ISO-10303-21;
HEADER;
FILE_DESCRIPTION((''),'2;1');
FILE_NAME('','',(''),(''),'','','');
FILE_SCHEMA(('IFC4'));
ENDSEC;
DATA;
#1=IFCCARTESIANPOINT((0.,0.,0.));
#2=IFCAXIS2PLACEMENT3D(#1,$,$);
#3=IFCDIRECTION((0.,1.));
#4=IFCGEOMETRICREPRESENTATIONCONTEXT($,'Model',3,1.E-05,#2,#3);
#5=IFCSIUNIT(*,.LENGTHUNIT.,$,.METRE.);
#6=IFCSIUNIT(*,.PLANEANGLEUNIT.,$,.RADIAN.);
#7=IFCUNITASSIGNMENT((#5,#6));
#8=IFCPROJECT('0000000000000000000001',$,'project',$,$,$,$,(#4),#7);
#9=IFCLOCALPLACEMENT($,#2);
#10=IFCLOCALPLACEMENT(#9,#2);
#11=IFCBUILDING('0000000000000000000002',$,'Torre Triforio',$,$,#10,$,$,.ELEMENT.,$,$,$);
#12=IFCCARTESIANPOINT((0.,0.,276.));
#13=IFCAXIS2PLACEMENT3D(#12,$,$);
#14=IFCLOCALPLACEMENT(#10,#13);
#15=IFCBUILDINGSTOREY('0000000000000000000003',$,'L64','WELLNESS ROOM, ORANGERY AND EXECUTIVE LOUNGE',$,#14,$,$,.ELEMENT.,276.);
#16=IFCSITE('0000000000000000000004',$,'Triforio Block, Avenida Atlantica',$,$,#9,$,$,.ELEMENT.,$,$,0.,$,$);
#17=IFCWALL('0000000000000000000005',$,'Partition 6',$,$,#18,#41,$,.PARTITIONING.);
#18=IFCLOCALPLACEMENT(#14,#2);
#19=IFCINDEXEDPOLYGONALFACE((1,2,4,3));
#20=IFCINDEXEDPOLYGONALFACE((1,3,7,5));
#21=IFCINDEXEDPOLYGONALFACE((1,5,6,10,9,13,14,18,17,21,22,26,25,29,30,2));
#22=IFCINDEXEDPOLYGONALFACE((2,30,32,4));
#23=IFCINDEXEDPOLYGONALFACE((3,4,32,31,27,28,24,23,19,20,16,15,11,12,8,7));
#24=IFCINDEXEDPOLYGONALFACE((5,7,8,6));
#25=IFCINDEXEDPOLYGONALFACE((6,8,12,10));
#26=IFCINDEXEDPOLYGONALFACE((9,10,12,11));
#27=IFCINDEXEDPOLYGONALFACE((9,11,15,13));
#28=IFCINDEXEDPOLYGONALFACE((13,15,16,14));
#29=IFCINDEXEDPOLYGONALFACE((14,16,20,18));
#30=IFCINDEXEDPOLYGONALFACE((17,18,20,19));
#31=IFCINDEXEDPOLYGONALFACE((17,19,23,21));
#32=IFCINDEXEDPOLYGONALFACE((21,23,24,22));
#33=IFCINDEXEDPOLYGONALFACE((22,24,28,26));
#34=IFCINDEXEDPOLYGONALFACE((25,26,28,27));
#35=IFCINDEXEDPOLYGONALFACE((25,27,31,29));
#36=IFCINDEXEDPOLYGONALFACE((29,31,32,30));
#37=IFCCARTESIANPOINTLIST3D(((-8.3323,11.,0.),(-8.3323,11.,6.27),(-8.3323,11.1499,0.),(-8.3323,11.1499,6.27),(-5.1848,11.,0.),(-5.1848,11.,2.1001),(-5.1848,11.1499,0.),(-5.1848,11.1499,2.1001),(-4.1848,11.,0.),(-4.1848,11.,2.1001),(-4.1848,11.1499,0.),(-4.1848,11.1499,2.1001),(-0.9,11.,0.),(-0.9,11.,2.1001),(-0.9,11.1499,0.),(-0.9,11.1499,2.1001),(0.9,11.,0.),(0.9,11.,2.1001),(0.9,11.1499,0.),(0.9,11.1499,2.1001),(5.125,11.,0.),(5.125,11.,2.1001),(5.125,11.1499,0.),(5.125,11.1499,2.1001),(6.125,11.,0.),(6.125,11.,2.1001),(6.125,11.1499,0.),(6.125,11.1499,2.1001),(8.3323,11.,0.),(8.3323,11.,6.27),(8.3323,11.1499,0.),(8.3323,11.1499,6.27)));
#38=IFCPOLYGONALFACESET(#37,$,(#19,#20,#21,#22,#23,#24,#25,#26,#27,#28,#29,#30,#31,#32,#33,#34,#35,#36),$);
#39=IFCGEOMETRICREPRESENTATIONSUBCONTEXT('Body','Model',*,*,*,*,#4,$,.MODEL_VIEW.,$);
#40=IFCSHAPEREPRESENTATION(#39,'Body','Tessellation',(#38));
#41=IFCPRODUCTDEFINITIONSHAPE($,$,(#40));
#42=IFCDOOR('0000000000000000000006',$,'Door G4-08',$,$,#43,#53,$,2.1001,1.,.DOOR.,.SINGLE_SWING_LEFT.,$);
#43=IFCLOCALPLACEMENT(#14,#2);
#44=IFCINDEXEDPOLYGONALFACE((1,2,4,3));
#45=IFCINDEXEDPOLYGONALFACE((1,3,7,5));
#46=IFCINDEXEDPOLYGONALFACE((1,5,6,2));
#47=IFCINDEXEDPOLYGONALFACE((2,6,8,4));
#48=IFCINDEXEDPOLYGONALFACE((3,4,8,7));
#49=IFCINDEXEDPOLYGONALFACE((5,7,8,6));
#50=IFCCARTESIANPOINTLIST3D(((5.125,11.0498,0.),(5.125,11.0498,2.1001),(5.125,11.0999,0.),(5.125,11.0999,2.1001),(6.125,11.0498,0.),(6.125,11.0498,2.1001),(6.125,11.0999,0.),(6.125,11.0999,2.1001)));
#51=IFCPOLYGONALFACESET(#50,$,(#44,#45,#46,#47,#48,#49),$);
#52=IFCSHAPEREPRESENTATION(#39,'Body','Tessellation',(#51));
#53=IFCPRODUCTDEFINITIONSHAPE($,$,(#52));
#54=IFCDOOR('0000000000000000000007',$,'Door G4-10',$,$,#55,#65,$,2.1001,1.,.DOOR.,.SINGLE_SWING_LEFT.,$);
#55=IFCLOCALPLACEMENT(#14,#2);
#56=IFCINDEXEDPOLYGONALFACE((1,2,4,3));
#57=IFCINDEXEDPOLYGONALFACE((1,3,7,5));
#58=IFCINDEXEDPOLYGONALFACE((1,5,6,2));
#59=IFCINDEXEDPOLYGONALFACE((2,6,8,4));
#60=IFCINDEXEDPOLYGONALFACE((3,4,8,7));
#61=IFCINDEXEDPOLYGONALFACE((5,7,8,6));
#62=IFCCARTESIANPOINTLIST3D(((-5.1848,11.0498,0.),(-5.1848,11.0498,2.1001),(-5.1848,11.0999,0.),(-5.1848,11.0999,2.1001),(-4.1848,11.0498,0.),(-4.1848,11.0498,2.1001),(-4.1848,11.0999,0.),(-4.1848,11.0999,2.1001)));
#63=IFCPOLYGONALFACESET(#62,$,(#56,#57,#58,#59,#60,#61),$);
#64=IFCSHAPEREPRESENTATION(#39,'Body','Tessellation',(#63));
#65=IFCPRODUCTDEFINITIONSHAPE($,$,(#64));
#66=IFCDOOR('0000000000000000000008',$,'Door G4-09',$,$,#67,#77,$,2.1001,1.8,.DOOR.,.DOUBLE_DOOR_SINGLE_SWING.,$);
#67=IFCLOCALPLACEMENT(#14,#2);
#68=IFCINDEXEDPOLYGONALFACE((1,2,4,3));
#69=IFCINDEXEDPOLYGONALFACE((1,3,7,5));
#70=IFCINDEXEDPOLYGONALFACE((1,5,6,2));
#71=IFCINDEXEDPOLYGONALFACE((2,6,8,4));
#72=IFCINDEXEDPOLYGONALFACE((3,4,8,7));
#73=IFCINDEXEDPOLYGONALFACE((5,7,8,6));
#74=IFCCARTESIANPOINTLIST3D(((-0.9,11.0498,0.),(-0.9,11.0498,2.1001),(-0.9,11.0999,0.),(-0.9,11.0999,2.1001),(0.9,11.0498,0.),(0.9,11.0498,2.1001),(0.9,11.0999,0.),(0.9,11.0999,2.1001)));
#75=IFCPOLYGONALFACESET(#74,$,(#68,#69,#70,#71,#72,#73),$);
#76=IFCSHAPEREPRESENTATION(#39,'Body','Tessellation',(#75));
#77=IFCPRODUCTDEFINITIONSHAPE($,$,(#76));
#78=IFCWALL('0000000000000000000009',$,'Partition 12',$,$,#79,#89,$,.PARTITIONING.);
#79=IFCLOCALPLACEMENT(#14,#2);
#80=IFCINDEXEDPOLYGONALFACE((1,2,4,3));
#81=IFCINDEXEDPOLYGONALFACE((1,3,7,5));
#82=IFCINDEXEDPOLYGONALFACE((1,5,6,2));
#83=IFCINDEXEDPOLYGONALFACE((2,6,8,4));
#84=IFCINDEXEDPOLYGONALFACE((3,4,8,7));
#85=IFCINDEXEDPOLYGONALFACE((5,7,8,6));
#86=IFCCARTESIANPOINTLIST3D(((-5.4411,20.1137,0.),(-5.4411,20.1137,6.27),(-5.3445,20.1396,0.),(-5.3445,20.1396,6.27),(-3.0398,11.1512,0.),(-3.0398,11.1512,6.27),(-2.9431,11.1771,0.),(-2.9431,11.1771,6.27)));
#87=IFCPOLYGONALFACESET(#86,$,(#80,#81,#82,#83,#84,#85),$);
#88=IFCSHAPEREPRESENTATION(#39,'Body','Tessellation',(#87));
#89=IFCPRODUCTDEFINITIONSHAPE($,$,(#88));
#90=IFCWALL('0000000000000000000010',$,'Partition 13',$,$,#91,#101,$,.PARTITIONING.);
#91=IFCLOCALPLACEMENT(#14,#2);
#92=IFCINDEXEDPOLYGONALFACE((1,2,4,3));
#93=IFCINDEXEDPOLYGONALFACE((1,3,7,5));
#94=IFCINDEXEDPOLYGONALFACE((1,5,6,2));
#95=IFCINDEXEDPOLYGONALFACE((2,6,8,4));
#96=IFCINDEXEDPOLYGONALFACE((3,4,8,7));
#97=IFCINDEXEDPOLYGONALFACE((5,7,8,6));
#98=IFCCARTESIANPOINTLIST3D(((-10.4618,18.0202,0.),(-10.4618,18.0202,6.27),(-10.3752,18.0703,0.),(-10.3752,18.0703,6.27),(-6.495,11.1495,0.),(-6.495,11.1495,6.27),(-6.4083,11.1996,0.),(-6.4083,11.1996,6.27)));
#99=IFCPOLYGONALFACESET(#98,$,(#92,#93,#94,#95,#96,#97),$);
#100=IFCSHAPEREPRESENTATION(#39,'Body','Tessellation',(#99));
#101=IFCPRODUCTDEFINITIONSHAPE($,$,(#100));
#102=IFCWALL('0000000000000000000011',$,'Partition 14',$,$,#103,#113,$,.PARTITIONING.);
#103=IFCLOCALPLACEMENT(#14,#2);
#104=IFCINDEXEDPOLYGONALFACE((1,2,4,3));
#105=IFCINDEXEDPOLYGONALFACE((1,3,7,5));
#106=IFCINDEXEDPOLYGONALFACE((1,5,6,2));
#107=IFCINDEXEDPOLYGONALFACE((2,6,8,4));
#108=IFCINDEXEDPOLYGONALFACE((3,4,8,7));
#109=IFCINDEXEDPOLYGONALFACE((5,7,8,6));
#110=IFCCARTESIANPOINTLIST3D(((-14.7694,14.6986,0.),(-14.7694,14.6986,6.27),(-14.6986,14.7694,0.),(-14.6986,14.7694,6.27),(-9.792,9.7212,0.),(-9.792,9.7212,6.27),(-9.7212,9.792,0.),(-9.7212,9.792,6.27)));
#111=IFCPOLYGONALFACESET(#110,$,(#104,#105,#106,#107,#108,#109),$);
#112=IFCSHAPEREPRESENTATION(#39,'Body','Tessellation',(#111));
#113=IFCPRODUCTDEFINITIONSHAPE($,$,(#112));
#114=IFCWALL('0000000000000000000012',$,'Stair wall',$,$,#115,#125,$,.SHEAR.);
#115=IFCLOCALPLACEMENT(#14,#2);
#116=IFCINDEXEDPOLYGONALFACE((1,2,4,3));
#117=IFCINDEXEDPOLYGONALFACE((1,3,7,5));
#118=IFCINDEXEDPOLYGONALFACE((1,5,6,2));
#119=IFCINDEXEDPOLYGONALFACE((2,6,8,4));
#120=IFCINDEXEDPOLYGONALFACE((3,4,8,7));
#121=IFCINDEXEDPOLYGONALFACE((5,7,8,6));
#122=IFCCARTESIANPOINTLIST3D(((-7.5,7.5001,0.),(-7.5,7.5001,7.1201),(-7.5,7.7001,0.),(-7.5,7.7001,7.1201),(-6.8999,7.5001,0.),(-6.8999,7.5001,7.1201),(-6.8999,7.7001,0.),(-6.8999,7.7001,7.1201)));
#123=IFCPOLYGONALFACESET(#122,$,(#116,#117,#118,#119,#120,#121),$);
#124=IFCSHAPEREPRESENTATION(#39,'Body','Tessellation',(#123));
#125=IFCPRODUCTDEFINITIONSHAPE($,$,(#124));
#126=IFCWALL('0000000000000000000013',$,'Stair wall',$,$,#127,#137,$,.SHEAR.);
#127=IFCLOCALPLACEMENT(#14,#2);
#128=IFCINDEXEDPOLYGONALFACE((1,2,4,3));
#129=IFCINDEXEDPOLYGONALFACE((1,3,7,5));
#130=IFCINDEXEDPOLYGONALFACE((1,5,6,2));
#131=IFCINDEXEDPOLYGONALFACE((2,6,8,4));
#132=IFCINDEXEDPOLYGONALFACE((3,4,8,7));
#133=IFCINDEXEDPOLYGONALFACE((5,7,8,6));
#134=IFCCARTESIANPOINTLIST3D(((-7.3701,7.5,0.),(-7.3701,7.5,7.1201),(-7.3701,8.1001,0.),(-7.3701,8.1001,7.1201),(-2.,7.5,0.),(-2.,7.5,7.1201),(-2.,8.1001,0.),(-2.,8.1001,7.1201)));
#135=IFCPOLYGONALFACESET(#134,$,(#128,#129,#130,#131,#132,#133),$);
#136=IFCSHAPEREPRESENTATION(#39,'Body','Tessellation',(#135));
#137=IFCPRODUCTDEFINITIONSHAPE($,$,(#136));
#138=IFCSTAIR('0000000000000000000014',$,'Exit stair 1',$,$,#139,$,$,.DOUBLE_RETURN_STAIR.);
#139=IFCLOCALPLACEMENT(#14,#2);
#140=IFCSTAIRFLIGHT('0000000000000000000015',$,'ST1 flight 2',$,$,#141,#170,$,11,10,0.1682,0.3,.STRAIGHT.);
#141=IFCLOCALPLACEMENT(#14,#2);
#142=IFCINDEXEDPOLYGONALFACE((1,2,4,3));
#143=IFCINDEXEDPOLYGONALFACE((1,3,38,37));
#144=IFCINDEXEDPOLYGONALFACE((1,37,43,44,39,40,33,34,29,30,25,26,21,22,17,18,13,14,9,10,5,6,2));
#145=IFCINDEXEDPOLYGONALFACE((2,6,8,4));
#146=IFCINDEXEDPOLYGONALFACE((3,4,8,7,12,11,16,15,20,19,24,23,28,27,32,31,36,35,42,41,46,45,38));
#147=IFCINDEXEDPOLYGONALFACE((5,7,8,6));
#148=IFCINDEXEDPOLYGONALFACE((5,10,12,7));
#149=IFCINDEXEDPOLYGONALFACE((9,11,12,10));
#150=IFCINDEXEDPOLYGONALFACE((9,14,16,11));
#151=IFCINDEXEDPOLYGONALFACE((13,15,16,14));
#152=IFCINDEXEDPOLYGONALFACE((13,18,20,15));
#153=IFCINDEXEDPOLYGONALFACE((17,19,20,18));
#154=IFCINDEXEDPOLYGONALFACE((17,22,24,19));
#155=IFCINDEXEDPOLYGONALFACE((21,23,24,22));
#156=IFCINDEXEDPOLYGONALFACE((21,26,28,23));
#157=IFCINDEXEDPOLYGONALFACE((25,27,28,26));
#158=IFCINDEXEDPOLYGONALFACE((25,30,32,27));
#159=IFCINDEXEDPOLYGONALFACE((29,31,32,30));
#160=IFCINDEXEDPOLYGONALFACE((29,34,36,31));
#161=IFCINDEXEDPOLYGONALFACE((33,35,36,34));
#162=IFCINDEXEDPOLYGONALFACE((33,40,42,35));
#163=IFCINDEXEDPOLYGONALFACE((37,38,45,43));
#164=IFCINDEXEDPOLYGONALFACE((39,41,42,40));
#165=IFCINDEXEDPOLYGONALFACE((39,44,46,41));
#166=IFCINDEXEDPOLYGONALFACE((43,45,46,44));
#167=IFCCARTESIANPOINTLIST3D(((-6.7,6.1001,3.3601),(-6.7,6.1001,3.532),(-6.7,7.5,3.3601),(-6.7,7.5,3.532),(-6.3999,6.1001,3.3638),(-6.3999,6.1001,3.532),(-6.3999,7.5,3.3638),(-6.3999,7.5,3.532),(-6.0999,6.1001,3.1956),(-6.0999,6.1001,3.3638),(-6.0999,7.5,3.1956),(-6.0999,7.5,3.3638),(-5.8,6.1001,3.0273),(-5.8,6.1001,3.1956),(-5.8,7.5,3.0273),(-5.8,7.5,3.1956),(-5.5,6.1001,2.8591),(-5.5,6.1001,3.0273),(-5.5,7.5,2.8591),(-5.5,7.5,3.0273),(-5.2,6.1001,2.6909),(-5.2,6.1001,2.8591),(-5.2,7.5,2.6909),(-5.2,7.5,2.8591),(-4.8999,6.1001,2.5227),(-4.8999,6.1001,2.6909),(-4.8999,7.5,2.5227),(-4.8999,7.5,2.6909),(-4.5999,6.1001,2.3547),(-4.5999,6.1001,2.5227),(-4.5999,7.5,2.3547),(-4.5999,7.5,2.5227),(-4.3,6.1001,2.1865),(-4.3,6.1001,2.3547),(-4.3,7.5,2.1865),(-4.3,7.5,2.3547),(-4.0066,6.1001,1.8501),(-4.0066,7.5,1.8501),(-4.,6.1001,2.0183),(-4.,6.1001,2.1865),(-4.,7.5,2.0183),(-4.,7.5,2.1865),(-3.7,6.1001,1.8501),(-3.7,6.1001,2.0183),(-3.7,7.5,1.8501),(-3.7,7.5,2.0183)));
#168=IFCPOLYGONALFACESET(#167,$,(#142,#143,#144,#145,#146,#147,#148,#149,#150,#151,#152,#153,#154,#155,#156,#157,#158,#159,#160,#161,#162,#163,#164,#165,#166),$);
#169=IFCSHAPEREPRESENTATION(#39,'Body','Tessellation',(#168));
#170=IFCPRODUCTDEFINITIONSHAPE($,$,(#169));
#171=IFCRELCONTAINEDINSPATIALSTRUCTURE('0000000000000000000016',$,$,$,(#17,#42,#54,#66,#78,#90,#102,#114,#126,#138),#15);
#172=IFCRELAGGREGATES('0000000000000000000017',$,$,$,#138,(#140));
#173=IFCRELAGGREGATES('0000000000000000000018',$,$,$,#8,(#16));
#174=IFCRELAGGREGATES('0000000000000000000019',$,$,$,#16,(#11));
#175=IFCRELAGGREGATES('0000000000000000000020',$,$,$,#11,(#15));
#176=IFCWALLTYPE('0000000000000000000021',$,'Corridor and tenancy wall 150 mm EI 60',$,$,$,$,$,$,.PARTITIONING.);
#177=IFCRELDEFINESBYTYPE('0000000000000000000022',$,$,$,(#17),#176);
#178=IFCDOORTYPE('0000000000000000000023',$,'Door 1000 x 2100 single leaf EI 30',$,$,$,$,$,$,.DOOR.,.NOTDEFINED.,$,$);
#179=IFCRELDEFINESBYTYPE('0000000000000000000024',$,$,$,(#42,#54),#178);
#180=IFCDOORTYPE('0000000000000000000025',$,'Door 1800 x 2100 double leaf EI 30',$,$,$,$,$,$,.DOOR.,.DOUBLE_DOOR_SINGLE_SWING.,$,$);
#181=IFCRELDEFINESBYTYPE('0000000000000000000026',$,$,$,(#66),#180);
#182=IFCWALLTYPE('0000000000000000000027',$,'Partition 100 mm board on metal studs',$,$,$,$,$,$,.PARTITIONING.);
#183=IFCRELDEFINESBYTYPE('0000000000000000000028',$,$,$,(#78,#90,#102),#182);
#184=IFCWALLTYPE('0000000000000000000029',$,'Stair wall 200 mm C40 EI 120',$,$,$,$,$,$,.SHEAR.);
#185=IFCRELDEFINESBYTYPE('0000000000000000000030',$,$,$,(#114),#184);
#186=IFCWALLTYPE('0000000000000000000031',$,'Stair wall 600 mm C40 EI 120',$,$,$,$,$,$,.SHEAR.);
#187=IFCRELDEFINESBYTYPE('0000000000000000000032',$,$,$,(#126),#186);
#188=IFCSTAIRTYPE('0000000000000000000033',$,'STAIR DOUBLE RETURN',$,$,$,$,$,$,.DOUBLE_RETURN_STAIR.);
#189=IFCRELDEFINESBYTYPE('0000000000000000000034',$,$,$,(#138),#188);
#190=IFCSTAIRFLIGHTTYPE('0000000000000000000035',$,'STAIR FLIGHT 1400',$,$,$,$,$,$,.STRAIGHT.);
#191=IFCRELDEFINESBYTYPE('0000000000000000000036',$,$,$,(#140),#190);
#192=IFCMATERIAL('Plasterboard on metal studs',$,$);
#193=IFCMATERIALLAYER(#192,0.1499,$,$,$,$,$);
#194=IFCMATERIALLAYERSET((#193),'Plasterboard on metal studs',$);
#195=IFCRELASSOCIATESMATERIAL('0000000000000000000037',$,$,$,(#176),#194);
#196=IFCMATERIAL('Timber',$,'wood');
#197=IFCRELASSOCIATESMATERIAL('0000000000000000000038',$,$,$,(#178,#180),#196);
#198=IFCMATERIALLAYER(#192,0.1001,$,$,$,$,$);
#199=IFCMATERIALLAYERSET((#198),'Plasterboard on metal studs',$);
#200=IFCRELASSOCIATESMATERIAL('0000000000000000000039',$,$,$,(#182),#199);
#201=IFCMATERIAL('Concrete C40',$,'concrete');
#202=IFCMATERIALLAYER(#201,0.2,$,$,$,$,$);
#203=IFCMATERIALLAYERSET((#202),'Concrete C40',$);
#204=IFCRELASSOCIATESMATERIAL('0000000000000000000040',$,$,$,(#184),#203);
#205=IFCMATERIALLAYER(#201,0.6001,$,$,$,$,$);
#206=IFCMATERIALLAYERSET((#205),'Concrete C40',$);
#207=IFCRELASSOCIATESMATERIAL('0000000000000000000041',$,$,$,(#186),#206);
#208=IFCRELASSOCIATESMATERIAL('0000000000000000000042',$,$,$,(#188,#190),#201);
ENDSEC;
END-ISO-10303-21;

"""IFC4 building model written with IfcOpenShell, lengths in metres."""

from ifc_helpers import new_model, si_unit, direction, frame, frame_2d, origin, place, context, subcontext, project, spatial, polyline, rectangle, outline, extrude, material, layer, layer_set, type_object, element, fill, aggregate, save


model = new_model("IFC4")

# Units and contexts
model_context = context("Model", 3, precision=1e-05, world=origin(), true_north=direction((0.0, 1.0)))
body_context = subcontext(model_context, "Body", "Model", "MODEL_VIEW")
ifc_project = project(units=[si_unit("LENGTHUNIT", "METRE"), si_unit("PLANEANGLEUNIT", "RADIAN")], contexts=[model_context])

# Site, building, storey
site_placement = place(None, origin())
site = spatial("IfcSite", under=ifc_project, at=site_placement, Name="Triforio Block, Avenida Atlantica", CompositionType="ELEMENT", RefElevation=0.0)
building_placement = place(site_placement, origin())
building = spatial("IfcBuilding", under=site, at=building_placement, Name="Torre Triforio", CompositionType="ELEMENT")
storey_placement = place(building_placement, frame((0.0, 0.0, 276.0)))
storey = spatial("IfcBuildingStorey", under=building, at=storey_placement, Name="L64", Description="WELLNESS ROOM, ORANGERY AND EXECUTIVE LOUNGE", CompositionType="ELEMENT", Elevation=276.0)

# Shared definitions
ifc_material_1 = material(Name="Concrete C40", Category="concrete")

# Wall, openings, doors
ifc_material_2 = material(Name="Plasterboard on metal studs")
ifc_layer_1 = layer(ifc_material_2, 0.1499)
ifc_layer_set_1 = layer_set([ifc_layer_1], Name="Plasterboard on metal studs")
wall_type_1 = type_object("IfcWallType", Name="Corridor and tenancy wall 150 mm EI 60", PredefinedType="PARTITIONING", material=ifc_layer_set_1)
wall_1_placement = place(storey_placement, frame((-8.3323, 11.075, 0.0), z_axis=(0.0, 0.0, 1.0), x_axis=(1.0, 0.0, 0.0)))
wall_1 = element("IfcWall", 1, at=wall_1_placement, inside=storey, type_object=wall_type_1, Name="Partition 6", PredefinedType="PARTITIONING", context=body_context, shape_type="SweptSolid", body=[
    extrude(rectangle(XDim=16.6646, YDim=0.1499, at=frame_2d((8.3323, 0.0))), origin(), (0.0, 0.0, 1.0), 6.27),
])
opening_1_placement = place(wall_1_placement, frame((13.4573, 0.0, 0.0)))
opening_1 = element("IfcOpeningElement", 2, at=opening_1_placement, cuts=wall_1, PredefinedType="OPENING", context=body_context, shape_type="SweptSolid", body=[
    extrude(rectangle(XDim=1.0, YDim=2.1001, at=frame_2d((0.5, 1.05))), frame((0.0, 0.085, 0.0), z_axis=(0.0, -1.0, 0.0), x_axis=(1.0, 0.0, 0.0)), (0.0, 0.0, 1.0), 0.1699),
])
opening_2_placement = place(wall_1_placement, frame((7.4324, 0.0, 0.0)))
opening_2 = element("IfcOpeningElement", 3, at=opening_2_placement, cuts=wall_1, PredefinedType="OPENING", context=body_context, shape_type="SweptSolid", body=[
    extrude(rectangle(XDim=1.8, YDim=2.1001, at=frame_2d((0.8999, 1.05))), frame((0.0, 0.085, 0.0), z_axis=(0.0, -1.0, 0.0), x_axis=(1.0, 0.0, 0.0)), (0.0, 0.0, 1.0), 0.1699),
])
opening_3_placement = place(wall_1_placement, frame((3.1475, 0.0, 0.0)))
opening_3 = element("IfcOpeningElement", 4, at=opening_3_placement, cuts=wall_1, PredefinedType="OPENING", context=body_context, shape_type="SweptSolid", body=[
    extrude(rectangle(XDim=1.0, YDim=2.1001, at=frame_2d((0.5, 1.05))), frame((0.0, 0.085, 0.0), z_axis=(0.0, -1.0, 0.0), x_axis=(1.0, 0.0, 0.0)), (0.0, 0.0, 1.0), 0.1699),
])
ifc_material_3 = material(Name="Timber", Category="wood")
door_type_1 = type_object("IfcDoorType", Name="Door 1000 x 2100 single leaf EI 30", OperationType="NOTDEFINED", PredefinedType="DOOR", material=ifc_material_3)
door_1_placement = place(opening_1_placement, origin())
door_1 = element("IfcDoor", 5, at=door_1_placement, inside=storey, type_object=door_type_1, Name="Door G4-08", OperationType="SINGLE_SWING_LEFT", OverallHeight=2.1001, OverallWidth=1.0, PredefinedType="DOOR", context=body_context, shape_type="SweptSolid", body=[
    extrude(rectangle(XDim=1.0, YDim=2.1001, at=frame_2d((0.5, 1.05))), frame((0.0, 0.0249, 0.0), z_axis=(0.0, -1.0, 0.0), x_axis=(1.0, 0.0, 0.0)), (0.0, 0.0, 1.0), 0.05),
])
fill(opening_1, door_1)
door_2_placement = place(opening_3_placement, origin())
door_2 = element("IfcDoor", 6, at=door_2_placement, inside=storey, type_object=door_type_1, Name="Door G4-10", OperationType="SINGLE_SWING_LEFT", OverallHeight=2.1001, OverallWidth=1.0, PredefinedType="DOOR", context=body_context, shape_type="SweptSolid", body=[
    extrude(rectangle(XDim=1.0, YDim=2.1001, at=frame_2d((0.5, 1.05))), frame((0.0, 0.0249, 0.0), z_axis=(0.0, -1.0, 0.0), x_axis=(1.0, 0.0, 0.0)), (0.0, 0.0, 1.0), 0.05),
])
fill(opening_3, door_2)
door_type_2 = type_object("IfcDoorType", Name="Door 1800 x 2100 double leaf EI 30", OperationType="DOUBLE_DOOR_SINGLE_SWING", PredefinedType="DOOR", material=ifc_material_3)
door_3_placement = place(opening_2_placement, origin())
door_3 = element("IfcDoor", 7, at=door_3_placement, inside=storey, type_object=door_type_2, Name="Door G4-09", OperationType="DOUBLE_DOOR_SINGLE_SWING", OverallHeight=2.1001, OverallWidth=1.8, PredefinedType="DOOR", context=body_context, shape_type="SweptSolid", body=[
    extrude(rectangle(XDim=1.8, YDim=2.1001, at=frame_2d((0.8999, 1.05))), frame((0.0, 0.0249, 0.0), z_axis=(0.0, -1.0, 0.0), x_axis=(1.0, 0.0, 0.0)), (0.0, 0.0, 1.0), 0.05),
])
fill(opening_2, door_3)

# Walls
ifc_layer_2 = layer(ifc_material_2, 0.1001)
ifc_layer_set_2 = layer_set([ifc_layer_2], Name="Plasterboard on metal studs")
wall_type_2 = type_object("IfcWallType", Name="Partition 100 mm board on metal studs", PredefinedType="PARTITIONING", material=ifc_layer_set_2)
wall_2_placement = place(storey_placement, frame((-2.9915, 11.1643, 0.0), z_axis=(0.0, 0.0, 1.0), x_axis=(-0.258809, 0.965929, 0.0)))
element("IfcWall", 8, at=wall_2_placement, inside=storey, type_object=wall_type_2, Name="Partition 12", PredefinedType="PARTITIONING", context=body_context, shape_type="SweptSolid", body=[
    extrude(rectangle(XDim=9.2786, YDim=0.1001, at=frame_2d((4.6392, 0.0))), origin(), (0.0, 0.0, 1.0), 6.27),
])
wall_3_placement = place(storey_placement, frame((-6.4517, 11.1746, 0.0), z_axis=(0.0, 0.0, 1.0), x_axis=(-0.500005, 0.866023, 0.0)))
element("IfcWall", 9, at=wall_3_placement, inside=storey, type_object=wall_type_2, Name="Partition 13", PredefinedType="PARTITIONING", context=body_context, shape_type="SweptSolid", body=[
    extrude(rectangle(XDim=7.9336, YDim=0.1001, at=frame_2d((3.9668, 0.0))), origin(), (0.0, 0.0, 1.0), 6.27),
])
wall_4_placement = place(storey_placement, frame((-9.7566, 9.7566, 0.0), z_axis=(0.0, 0.0, 1.0), x_axis=(-0.707107, 0.707107, 0.0)))
element("IfcWall", 10, at=wall_4_placement, inside=storey, type_object=wall_type_2, Name="Partition 14", PredefinedType="PARTITIONING", context=body_context, shape_type="SweptSolid", body=[
    extrude(rectangle(XDim=7.0391, YDim=0.1001, at=frame_2d((3.5195, 0.0))), origin(), (0.0, 0.0, 1.0), 6.27),
])
ifc_layer_3 = layer(ifc_material_1, 0.2)
ifc_layer_set_3 = layer_set([ifc_layer_3], Name="Concrete C40")
wall_type_3 = type_object("IfcWallType", Name="Stair wall 200 mm C40 EI 120", PredefinedType="SHEAR", material=ifc_layer_set_3)
wall_5_placement = place(storey_placement, frame((-7.5, 7.6001, 0.0), z_axis=(0.0, 0.0, 1.0), x_axis=(1.0, 0.0, 0.0)))
element("IfcWall", 11, at=wall_5_placement, inside=storey, type_object=wall_type_3, Name="Stair wall", PredefinedType="SHEAR", context=body_context, shape_type="SweptSolid", body=[
    extrude(rectangle(XDim=0.6001, YDim=0.2, at=frame_2d((0.3, 0.0))), origin(), (0.0, 0.0, 1.0), 7.1201),
])
ifc_layer_4 = layer(ifc_material_1, 0.6001)
ifc_layer_set_4 = layer_set([ifc_layer_4], Name="Concrete C40")
wall_type_4 = type_object("IfcWallType", Name="Stair wall 600 mm C40 EI 120", PredefinedType="SHEAR", material=ifc_layer_set_4)
wall_6_placement = place(storey_placement, frame((-7.3701, 7.8, 0.0), z_axis=(0.0, 0.0, 1.0), x_axis=(1.0, 0.0, 0.0)))
element("IfcWall", 12, at=wall_6_placement, inside=storey, type_object=wall_type_4, Name="Stair wall", PredefinedType="SHEAR", context=body_context, shape_type="SweptSolid", body=[
    extrude(rectangle(XDim=5.3701, YDim=0.6001, at=frame_2d((2.6851, 0.0))), origin(), (0.0, 0.0, 1.0), 7.1201),
])

# Stair, stair flight
stair_type = type_object("IfcStairType", Name="STAIR DOUBLE RETURN", PredefinedType="DOUBLE_RETURN_STAIR", material=ifc_material_1)
stair_placement = place(storey_placement, origin())
stair = element("IfcStair", 13, at=stair_placement, inside=storey, type_object=stair_type, Name="Exit stair 1", PredefinedType="DOUBLE_RETURN_STAIR")
stair_flight_type = type_object("IfcStairFlightType", Name="STAIR FLIGHT 1400", PredefinedType="STRAIGHT", material=ifc_material_1)
stair_flight_1_placement = place(storey_placement, frame((-3.7, 6.8, 1.8501), z_axis=(0.0, 0.0, 1.0), x_axis=(-1.0, 0.0, 0.0)))
stair_flight_1 = element("IfcStairFlight", 14, at=stair_flight_1_placement, type_object=stair_flight_type, Name="ST1 flight 2", NumberOfRisers=11, NumberOfTreads=10, PredefinedType="STRAIGHT", RiserHeight=0.1682, TreadLength=0.3, context=body_context, shape_type="SweptSolid", body=[
    extrude(outline(polyline([(0.0, 0.0), (0.0, 0.1682), (0.3, 0.1682), (0.3, 0.3364), (0.6001, 0.3364), (0.6001, 0.5046), (0.8999, 0.5046), (0.8999, 0.6726), (1.2, 0.6726), (1.2, 0.8408), (1.5, 0.8408), (1.5, 1.009), (1.8, 1.009), (1.8, 1.1772), (2.1001, 1.1772), (2.1001, 1.3455), (2.3999, 1.3455), (2.3999, 1.5137), (2.7, 1.5137), (2.7, 1.6819), (3.0, 1.6819), (3.0, 1.8501), (3.0, 1.51), (0.3066, 0.0), (0.0, 0.0)])), frame((0.0, 0.7, 0.0), z_axis=(0.0, -1.0, 0.0), x_axis=(1.0, 0.0, 0.0)), (0.0, 0.0, 1.0), 1.3999),
])
aggregate(stair, [stair_flight_1])

save(model, "model.ifc")
